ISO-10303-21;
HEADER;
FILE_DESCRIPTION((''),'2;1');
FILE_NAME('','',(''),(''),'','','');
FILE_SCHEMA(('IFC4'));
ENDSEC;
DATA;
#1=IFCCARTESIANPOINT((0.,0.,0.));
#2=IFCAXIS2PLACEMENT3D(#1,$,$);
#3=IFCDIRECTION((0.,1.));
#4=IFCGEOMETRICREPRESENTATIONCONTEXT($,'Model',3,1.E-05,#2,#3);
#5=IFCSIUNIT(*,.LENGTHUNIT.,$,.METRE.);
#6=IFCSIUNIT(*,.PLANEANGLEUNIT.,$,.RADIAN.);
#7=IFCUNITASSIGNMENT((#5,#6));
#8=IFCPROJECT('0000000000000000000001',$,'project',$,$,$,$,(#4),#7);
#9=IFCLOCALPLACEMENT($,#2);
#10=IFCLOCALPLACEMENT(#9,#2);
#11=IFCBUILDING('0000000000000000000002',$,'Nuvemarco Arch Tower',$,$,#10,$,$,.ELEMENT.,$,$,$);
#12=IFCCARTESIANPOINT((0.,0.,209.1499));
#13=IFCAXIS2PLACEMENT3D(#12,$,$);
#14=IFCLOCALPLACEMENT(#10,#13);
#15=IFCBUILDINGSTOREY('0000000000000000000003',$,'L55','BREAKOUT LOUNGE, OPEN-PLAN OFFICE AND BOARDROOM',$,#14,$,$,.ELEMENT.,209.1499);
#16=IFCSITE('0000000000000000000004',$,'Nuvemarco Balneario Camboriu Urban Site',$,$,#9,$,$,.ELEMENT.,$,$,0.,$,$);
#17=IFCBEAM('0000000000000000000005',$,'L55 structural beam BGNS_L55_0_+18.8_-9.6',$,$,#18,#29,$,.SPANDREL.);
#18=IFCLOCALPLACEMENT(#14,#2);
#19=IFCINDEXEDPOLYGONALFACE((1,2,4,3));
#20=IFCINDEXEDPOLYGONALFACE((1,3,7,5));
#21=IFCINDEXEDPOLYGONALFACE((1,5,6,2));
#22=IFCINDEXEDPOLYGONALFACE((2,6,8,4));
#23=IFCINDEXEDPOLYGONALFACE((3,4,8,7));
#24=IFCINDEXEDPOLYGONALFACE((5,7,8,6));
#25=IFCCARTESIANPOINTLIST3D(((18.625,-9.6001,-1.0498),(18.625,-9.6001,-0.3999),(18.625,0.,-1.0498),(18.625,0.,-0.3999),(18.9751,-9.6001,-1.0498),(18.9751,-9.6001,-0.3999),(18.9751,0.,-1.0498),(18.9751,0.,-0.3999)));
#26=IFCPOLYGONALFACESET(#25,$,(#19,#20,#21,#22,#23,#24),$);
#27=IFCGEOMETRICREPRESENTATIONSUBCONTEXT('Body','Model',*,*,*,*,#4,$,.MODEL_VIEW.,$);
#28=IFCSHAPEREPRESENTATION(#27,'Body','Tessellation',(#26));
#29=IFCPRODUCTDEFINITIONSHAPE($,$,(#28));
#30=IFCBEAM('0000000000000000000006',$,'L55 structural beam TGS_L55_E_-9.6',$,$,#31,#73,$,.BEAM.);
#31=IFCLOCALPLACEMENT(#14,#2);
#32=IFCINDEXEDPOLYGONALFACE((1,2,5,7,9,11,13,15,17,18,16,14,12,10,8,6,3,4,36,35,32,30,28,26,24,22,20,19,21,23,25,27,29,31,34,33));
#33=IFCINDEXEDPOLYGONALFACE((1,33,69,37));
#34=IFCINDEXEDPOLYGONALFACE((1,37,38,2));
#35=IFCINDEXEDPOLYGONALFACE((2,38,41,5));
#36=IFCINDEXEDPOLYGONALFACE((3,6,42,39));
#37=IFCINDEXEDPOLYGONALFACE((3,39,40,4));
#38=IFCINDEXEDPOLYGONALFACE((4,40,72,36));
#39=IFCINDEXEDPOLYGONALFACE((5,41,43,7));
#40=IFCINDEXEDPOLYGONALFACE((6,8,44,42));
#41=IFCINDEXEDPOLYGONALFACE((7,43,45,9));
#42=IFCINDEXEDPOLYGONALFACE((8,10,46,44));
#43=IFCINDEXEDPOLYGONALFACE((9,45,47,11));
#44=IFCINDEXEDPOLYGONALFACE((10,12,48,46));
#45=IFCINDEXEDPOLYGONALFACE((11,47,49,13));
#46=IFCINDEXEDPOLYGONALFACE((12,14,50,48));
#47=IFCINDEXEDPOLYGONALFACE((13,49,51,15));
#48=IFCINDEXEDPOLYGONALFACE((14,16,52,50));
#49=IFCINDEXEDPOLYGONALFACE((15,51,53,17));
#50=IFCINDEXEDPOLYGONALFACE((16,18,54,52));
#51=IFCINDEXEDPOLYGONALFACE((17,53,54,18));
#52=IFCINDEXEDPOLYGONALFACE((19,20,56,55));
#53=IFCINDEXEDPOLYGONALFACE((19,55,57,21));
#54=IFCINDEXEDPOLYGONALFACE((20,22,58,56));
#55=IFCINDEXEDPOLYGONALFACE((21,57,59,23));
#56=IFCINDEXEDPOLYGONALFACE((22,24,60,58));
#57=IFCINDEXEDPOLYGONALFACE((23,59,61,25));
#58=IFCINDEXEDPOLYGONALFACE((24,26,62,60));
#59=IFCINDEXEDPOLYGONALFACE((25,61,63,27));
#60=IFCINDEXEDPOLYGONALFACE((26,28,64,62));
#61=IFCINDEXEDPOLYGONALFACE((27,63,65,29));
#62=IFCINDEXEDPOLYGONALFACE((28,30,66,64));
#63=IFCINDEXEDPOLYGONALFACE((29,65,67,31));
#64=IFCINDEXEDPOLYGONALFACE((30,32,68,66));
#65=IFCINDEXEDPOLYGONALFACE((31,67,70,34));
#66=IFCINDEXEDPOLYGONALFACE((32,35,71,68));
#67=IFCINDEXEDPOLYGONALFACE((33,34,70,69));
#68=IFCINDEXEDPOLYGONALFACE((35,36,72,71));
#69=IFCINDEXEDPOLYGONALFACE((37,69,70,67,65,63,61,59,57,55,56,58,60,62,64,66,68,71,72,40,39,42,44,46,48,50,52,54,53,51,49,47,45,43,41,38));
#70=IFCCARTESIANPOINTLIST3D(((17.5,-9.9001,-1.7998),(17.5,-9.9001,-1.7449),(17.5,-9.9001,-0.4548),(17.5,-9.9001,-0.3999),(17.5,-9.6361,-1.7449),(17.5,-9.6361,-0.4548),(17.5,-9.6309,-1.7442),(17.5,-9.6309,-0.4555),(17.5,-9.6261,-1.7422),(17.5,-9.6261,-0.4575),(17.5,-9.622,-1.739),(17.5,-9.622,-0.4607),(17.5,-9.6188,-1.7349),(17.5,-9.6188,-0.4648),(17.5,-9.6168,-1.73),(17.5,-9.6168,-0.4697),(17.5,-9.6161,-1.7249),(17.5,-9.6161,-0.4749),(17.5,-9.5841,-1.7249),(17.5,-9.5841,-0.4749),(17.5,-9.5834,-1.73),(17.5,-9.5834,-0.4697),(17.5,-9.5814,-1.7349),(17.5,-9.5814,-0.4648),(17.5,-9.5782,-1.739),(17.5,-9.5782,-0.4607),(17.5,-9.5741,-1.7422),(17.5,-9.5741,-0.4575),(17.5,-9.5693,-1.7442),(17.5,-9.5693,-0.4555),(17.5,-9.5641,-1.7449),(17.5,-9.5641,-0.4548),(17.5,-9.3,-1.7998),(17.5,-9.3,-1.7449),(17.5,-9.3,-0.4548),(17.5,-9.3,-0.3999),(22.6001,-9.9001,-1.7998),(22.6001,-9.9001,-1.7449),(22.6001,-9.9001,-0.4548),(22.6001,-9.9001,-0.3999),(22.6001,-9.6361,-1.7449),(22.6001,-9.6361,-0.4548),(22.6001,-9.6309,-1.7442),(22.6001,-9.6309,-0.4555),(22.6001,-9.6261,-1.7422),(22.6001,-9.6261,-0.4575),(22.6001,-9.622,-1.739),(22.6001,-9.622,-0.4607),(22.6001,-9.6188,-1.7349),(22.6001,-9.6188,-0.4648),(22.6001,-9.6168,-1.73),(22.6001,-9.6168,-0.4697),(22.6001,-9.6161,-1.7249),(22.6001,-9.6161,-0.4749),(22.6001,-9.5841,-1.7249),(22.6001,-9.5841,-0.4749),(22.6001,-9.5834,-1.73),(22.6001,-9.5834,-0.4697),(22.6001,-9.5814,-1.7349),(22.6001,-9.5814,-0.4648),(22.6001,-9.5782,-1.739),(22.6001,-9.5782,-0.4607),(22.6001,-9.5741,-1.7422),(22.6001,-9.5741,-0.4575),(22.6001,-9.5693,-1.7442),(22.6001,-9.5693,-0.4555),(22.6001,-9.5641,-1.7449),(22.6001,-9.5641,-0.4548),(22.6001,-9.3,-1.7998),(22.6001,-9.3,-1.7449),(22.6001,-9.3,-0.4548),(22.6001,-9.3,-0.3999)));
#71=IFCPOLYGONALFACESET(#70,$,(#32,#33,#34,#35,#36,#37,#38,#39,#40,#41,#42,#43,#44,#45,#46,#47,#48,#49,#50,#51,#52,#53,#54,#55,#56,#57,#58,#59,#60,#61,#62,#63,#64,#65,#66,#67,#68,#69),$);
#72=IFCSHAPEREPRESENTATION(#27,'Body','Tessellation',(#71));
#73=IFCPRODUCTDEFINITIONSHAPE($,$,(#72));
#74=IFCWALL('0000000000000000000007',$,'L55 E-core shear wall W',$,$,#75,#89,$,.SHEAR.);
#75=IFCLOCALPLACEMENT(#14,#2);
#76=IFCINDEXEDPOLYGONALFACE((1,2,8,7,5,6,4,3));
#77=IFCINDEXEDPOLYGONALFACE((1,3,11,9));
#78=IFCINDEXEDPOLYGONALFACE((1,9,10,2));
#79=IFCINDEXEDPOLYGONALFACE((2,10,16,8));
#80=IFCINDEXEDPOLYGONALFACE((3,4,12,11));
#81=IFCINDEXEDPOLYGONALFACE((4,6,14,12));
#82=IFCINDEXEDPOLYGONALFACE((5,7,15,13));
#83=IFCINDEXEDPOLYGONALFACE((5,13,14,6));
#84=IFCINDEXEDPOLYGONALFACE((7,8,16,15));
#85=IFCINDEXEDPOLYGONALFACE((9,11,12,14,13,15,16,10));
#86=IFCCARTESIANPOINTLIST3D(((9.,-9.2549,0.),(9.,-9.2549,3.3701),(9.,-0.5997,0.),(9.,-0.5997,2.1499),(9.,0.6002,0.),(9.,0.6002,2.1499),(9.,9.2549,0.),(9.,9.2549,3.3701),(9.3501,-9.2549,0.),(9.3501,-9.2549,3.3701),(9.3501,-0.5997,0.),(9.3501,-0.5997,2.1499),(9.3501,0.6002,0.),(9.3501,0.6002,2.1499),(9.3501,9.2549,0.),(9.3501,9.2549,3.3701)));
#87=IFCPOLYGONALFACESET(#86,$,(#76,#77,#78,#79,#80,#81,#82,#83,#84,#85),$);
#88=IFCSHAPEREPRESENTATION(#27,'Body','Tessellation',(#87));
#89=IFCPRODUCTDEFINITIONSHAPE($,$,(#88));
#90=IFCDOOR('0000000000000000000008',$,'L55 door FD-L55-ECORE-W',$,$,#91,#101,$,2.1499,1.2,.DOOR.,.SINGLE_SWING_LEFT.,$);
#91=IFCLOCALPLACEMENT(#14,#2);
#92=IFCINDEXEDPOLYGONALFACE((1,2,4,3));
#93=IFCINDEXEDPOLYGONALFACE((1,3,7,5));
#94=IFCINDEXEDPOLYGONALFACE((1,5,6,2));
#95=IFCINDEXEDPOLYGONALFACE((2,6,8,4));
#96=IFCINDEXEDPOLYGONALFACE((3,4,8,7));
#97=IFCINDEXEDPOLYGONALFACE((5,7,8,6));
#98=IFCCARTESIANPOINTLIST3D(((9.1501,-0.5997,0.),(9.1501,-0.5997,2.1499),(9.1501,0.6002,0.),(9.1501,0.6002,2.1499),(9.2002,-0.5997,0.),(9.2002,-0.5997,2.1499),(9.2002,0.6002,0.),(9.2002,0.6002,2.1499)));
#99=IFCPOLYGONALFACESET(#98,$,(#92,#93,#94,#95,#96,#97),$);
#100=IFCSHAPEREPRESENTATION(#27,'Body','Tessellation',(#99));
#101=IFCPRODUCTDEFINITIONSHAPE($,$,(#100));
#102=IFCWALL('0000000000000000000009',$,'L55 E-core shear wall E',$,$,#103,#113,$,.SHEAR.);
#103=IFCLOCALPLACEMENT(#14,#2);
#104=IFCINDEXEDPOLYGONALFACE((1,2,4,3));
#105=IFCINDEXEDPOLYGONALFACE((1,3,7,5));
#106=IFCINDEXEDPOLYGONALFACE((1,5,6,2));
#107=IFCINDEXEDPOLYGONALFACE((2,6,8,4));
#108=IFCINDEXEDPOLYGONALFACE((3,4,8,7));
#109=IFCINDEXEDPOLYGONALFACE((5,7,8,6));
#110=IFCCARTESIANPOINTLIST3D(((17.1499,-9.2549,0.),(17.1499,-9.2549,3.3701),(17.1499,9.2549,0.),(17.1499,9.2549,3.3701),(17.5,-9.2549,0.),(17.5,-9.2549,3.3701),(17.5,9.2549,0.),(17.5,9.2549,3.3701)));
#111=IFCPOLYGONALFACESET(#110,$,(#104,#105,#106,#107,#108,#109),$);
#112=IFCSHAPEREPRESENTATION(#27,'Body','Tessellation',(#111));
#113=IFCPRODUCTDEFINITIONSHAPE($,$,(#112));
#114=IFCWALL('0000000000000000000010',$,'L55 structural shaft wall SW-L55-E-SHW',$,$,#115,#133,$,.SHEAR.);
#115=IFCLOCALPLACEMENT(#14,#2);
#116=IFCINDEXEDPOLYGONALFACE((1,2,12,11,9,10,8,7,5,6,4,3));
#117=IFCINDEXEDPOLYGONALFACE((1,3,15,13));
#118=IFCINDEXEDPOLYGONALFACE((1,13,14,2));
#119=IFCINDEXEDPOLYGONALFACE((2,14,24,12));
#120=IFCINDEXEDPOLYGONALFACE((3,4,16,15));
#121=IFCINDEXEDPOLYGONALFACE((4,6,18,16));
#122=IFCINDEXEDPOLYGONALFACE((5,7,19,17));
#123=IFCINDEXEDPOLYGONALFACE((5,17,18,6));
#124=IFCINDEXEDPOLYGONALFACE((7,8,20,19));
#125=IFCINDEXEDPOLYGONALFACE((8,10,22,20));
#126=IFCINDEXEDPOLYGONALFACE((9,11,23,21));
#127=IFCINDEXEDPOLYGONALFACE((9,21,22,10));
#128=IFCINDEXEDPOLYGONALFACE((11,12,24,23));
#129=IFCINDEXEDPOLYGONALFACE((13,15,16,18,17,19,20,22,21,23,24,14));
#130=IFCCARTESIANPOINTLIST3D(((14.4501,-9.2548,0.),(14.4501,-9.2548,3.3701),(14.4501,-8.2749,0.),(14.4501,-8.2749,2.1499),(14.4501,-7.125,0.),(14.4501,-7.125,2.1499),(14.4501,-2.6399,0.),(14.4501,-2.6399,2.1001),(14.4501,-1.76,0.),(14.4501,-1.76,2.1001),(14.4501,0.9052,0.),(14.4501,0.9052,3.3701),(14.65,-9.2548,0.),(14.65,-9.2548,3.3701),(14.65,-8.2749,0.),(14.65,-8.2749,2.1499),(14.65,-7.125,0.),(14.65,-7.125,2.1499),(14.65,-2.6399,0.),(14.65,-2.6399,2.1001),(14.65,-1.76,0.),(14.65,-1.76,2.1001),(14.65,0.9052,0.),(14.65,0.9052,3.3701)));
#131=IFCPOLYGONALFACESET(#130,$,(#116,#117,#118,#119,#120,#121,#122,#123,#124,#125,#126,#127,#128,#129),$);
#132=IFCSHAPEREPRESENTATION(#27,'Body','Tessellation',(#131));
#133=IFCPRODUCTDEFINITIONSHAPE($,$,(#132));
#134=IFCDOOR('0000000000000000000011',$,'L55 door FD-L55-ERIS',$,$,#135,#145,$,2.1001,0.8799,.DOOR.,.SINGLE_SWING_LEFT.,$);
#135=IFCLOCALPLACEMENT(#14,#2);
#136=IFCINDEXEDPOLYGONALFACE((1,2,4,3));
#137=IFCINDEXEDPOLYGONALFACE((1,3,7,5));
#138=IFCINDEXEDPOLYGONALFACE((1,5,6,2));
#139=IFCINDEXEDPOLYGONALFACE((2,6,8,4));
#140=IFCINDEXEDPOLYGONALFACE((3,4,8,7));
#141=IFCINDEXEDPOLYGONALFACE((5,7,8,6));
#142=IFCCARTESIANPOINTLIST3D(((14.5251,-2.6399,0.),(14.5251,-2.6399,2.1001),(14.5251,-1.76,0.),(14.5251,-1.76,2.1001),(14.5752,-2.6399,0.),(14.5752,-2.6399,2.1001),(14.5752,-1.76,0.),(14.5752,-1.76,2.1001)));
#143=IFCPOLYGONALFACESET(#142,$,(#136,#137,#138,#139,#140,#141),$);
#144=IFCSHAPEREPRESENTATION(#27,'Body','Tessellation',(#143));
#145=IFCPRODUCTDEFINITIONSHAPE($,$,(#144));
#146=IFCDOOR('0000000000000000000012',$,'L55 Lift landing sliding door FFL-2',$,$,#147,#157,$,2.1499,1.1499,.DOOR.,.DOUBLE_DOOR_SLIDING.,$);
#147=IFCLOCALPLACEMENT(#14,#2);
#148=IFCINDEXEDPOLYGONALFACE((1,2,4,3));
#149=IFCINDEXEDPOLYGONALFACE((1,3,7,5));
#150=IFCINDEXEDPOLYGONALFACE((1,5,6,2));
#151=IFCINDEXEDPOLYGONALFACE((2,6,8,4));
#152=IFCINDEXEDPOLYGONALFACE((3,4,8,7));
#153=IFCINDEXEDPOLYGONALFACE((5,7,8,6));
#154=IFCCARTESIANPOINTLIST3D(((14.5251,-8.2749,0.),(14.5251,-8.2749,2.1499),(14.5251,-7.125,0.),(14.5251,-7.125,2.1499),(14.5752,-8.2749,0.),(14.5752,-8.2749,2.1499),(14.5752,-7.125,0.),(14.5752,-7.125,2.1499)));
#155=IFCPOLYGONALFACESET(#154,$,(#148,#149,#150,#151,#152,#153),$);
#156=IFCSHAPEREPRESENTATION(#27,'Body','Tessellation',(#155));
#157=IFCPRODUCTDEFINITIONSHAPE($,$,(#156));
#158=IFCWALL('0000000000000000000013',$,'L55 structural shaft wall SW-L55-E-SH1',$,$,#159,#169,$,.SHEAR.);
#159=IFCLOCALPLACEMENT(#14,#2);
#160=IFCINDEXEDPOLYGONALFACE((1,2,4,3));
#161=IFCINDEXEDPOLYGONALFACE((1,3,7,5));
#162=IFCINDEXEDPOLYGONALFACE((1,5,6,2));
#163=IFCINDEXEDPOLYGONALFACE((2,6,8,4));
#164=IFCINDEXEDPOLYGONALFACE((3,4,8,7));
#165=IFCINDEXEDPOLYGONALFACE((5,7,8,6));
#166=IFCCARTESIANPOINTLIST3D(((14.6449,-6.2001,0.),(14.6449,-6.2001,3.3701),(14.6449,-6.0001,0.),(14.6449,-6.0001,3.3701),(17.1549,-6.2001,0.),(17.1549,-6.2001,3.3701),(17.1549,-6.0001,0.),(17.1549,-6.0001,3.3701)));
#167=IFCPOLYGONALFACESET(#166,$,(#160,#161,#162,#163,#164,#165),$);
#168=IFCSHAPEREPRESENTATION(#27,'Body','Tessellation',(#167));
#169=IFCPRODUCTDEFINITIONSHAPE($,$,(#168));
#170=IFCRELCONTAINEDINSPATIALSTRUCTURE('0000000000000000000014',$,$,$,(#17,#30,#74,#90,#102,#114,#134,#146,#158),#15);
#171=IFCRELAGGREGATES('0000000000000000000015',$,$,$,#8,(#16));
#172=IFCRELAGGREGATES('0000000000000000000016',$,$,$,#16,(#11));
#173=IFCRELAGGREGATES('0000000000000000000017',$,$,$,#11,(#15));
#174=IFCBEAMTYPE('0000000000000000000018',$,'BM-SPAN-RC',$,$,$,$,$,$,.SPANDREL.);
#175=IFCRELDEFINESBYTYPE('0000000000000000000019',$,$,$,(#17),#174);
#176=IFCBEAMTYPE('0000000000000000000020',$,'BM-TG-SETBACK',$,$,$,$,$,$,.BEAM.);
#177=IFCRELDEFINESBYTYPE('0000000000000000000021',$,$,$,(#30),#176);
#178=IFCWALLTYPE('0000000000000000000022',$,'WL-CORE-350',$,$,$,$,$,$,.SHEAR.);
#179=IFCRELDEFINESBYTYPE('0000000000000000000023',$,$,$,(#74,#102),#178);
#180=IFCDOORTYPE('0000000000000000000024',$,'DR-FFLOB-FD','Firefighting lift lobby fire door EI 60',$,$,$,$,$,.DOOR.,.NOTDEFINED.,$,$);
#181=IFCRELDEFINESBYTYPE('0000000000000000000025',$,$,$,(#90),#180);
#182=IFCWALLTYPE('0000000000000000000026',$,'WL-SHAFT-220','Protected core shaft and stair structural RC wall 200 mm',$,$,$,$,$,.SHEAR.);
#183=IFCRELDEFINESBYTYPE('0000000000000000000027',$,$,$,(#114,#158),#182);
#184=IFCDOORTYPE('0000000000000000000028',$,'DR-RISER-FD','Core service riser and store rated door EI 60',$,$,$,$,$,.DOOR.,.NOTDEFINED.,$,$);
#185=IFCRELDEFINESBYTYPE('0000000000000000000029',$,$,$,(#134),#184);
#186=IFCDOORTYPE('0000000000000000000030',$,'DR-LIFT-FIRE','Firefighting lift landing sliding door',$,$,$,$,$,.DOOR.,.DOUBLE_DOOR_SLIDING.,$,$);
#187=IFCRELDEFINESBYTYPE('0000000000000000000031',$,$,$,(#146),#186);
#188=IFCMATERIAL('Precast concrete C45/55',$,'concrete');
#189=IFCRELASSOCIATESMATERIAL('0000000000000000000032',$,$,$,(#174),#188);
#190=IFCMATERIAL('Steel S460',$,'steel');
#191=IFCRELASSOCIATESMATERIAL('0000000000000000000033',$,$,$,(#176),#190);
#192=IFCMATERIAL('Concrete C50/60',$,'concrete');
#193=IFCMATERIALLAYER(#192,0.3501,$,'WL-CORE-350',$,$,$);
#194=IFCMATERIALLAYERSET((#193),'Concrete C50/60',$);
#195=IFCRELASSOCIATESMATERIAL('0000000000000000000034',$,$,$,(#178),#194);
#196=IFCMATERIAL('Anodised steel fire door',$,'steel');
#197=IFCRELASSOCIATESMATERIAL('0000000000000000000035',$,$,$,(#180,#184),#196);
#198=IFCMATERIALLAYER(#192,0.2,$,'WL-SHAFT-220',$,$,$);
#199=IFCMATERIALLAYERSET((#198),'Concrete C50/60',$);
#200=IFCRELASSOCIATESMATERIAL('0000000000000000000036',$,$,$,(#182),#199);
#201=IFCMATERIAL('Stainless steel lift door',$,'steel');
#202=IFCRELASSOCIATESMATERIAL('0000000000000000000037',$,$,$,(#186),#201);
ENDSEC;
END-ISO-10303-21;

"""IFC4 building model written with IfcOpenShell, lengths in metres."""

from ifc_helpers import new_model, si_unit, direction, frame, frame_2d, origin, origin_2d, place, context, subcontext, project, spatial, rectangle, i_section, extrude, source, transform, mapped, material, layer, layer_set, material_profile, profile_set, type_object, type_shapes, element, fill, save


model = new_model("IFC4")

# Units and contexts
model_context = context("Model", 3, precision=1e-05, world=origin(), true_north=direction((0.0, 1.0)))
body_context = subcontext(model_context, "Body", "Model", "MODEL_VIEW")
ifc_project = project(units=[si_unit("LENGTHUNIT", "METRE"), si_unit("PLANEANGLEUNIT", "RADIAN")], contexts=[model_context])

# Site, building, storey
site_placement = place(None, origin())
site = spatial("IfcSite", under=ifc_project, at=site_placement, Name="Nuvemarco Balneario Camboriu Urban Site", CompositionType="ELEMENT", RefElevation=0.0)
building_placement = place(site_placement, origin())
building = spatial("IfcBuilding", under=site, at=building_placement, Name="Nuvemarco Arch Tower", CompositionType="ELEMENT")
storey_placement = place(building_placement, frame((0.0, 0.0, 209.1499)))
storey = spatial("IfcBuildingStorey", under=building, at=storey_placement, Name="L55", Description="BREAKOUT LOUNGE, OPEN-PLAN OFFICE AND BOARDROOM", CompositionType="ELEMENT", Elevation=209.1499)

# Shared definitions
ifc_material_1 = material(Name="Concrete C50/60", Category="concrete")

# Beams
ifc_material_2 = material(Name="Precast concrete C45/55", Category="concrete")
ifc_material_profile_1 = material_profile(ifc_material_2, rectangle(XDim=0.3501, YDim=0.6499, at=origin_2d()), Name="PC-SP-350x650")
ifc_profile_set_1 = profile_set([ifc_material_profile_1], Name="Precast concrete C45/55")
beam_type_1 = type_object("IfcBeamType", Name="BM-SPAN-RC", PredefinedType="SPANDREL", material=ifc_profile_set_1)
beam_1_placement = place(storey_placement, frame((18.8, -9.6001, -0.7249), z_axis=(0.0, 1.0, 0.0), x_axis=(-1.0, 0.0, 0.0)))
element("IfcBeam", 1, at=beam_1_placement, inside=storey, type_object=beam_type_1, Name="L55 structural beam BGNS_L55_0_+18.8_-9.6", PredefinedType="SPANDREL", context=body_context, shape_type="SweptSolid", body=[
    extrude(rectangle(XDim=0.3501, YDim=0.6499, at=origin_2d()), origin(), (0.0, 0.0, 1.0), 9.6001),
])
ifc_material_3 = material(Name="Steel S460", Category="steel")
ifc_material_profile_2 = material_profile(ifc_material_3, i_section(OverallWidth=0.6001, OverallDepth=1.3999, WebThickness=0.032, FlangeThickness=0.0549, FilletRadius=0.02, at=origin_2d()), Name="PG1400x600")
ifc_profile_set_2 = profile_set([ifc_material_profile_2], Name="Steel S460")
beam_type_2 = type_object("IfcBeamType", Name="BM-TG-SETBACK", PredefinedType="BEAM", material=ifc_profile_set_2)
beam_2_placement = place(storey_placement, frame((17.5, -9.6001, -1.0999), z_axis=(1.0, 0.0, 0.0), x_axis=(0.0, 1.0, 0.0)))
element("IfcBeam", 2, at=beam_2_placement, inside=storey, type_object=beam_type_2, Name="L55 structural beam TGS_L55_E_-9.6", PredefinedType="BEAM", context=body_context, shape_type="SweptSolid", body=[
    extrude(i_section(OverallWidth=0.6001, OverallDepth=1.3999, WebThickness=0.032, FlangeThickness=0.0549, FilletRadius=0.02, at=origin_2d()), origin(), (0.0, 0.0, 1.0), 5.1001),
])

# Wall, opening, door
ifc_layer_1 = layer(ifc_material_1, 0.3501, Name="WL-CORE-350")
ifc_layer_set_1 = layer_set([ifc_layer_1], Name="Concrete C50/60")
wall_type_1 = type_object("IfcWallType", Name="WL-CORE-350", PredefinedType="SHEAR", material=ifc_layer_set_1)
wall_1_placement = place(storey_placement, frame((9.175, -9.2549, 0.0), z_axis=(0.0, 0.0, 1.0), x_axis=(0.0, 1.0, 0.0)))
wall_1 = element("IfcWall", 3, at=wall_1_placement, inside=storey, type_object=wall_type_1, Name="L55 E-core shear wall W", PredefinedType="SHEAR", context=body_context, shape_type="SweptSolid", body=[
    extrude(rectangle(XDim=18.5098, YDim=0.3501, at=frame_2d((9.2549, 0.0))), origin(), (0.0, 0.0, 1.0), 3.3701),
])
opening_1_placement = place(wall_1_placement, frame((8.655, 0.0, 0.0)))
opening_1 = element("IfcOpeningElement", 4, at=opening_1_placement, cuts=wall_1, PredefinedType="OPENING", context=body_context, shape_type="SweptSolid", body=[
    extrude(rectangle(XDim=1.2, YDim=2.1499, at=frame_2d((0.6001, 1.075))), frame((0.0, 0.1851, 0.0), z_axis=(0.0, -1.0, 0.0), x_axis=(1.0, 0.0, 0.0)), (0.0, 0.0, 1.0), 0.3701),
])
ifc_material_4 = material(Name="Anodised steel fire door", Category="steel")
door_type_1 = type_object("IfcDoorType", Name="DR-FFLOB-FD", Description="Firefighting lift lobby fire door EI 60", OperationType="NOTDEFINED", PredefinedType="DOOR", material=ifc_material_4)
shared_shape_1 = source(origin(), body_context, "Body", "SweptSolid", [
    extrude(rectangle(XDim=1.2, YDim=2.1499, at=frame_2d((0.6001, 1.075))), frame((0.0, 0.0249, 0.0), z_axis=(0.0, -1.0, 0.0), x_axis=(1.0, 0.0, 0.0)), (0.0, 0.0, 1.0), 0.05),
])
type_shapes(door_type_1, [shared_shape_1])
door_1_placement = place(opening_1_placement, origin())
door_1 = element("IfcDoor", 5, at=door_1_placement, inside=storey, type_object=door_type_1, Name="L55 door FD-L55-ECORE-W", OperationType="SINGLE_SWING_LEFT", OverallHeight=2.1499, OverallWidth=1.2, PredefinedType="DOOR", context=body_context, shape_type="MappedRepresentation", body=[
    mapped(shared_shape_1, transform((0.0, 0.0, 0.0), scale=1.0)),
])
fill(opening_1, door_1)

# Wall
wall_2_placement = place(storey_placement, frame((17.325, -9.2549, 0.0), z_axis=(0.0, 0.0, 1.0), x_axis=(0.0, 1.0, 0.0)))
element("IfcWall", 6, at=wall_2_placement, inside=storey, type_object=wall_type_1, Name="L55 E-core shear wall E", PredefinedType="SHEAR", context=body_context, shape_type="SweptSolid", body=[
    extrude(rectangle(XDim=18.5098, YDim=0.3501, at=frame_2d((9.2549, 0.0))), origin(), (0.0, 0.0, 1.0), 3.3701),
])

# Wall, openings, doors
ifc_layer_2 = layer(ifc_material_1, 0.2, Name="WL-SHAFT-220")
ifc_layer_set_2 = layer_set([ifc_layer_2], Name="Concrete C50/60")
wall_type_2 = type_object("IfcWallType", Name="WL-SHAFT-220", Description="Protected core shaft and stair structural RC wall 200 mm", PredefinedType="SHEAR", material=ifc_layer_set_2)
wall_3_placement = place(storey_placement, frame((14.55, -9.2549, 0.0), z_axis=(0.0, 0.0, 1.0), x_axis=(0.0, 1.0, 0.0)))
wall_3 = element("IfcWall", 7, at=wall_3_placement, inside=storey, type_object=wall_type_2, Name="L55 structural shaft wall SW-L55-E-SHW", PredefinedType="SHEAR", context=body_context, shape_type="SweptSolid", body=[
    extrude(rectangle(XDim=10.1599, YDim=0.2, at=frame_2d((5.0801, 0.0))), origin(), (0.0, 0.0, 1.0), 3.3701),
])
opening_2_placement = place(wall_3_placement, frame((6.615, 0.0, 0.0)))
opening_2 = element("IfcOpeningElement", 8, at=opening_2_placement, cuts=wall_3, PredefinedType="OPENING", context=body_context, shape_type="SweptSolid", body=[
    extrude(rectangle(XDim=0.8799, YDim=2.1001, at=frame_2d((0.4399, 1.05))), frame((0.0, 0.1099, 0.0), z_axis=(0.0, -1.0, 0.0), x_axis=(1.0, 0.0, 0.0)), (0.0, 0.0, 1.0), 0.22),
])
opening_3_placement = place(wall_3_placement, frame((0.98, 0.0, 0.0)))
opening_3 = element("IfcOpeningElement", 9, at=opening_3_placement, cuts=wall_3, PredefinedType="OPENING", context=body_context, shape_type="SweptSolid", body=[
    extrude(rectangle(XDim=1.1499, YDim=2.1499, at=frame_2d((0.575, 1.075))), frame((0.0, 0.1099, 0.0), z_axis=(0.0, -1.0, 0.0), x_axis=(1.0, 0.0, 0.0)), (0.0, 0.0, 1.0), 0.22),
])
door_type_2 = type_object("IfcDoorType", Name="DR-RISER-FD", Description="Core service riser and store rated door EI 60", OperationType="NOTDEFINED", PredefinedType="DOOR", material=ifc_material_4)
shared_shape_2 = source(origin(), body_context, "Body", "SweptSolid", [
    extrude(rectangle(XDim=0.8799, YDim=2.1001, at=frame_2d((0.4399, 1.05))), frame((0.0, 0.0249, 0.0), z_axis=(0.0, -1.0, 0.0), x_axis=(1.0, 0.0, 0.0)), (0.0, 0.0, 1.0), 0.05),
])
type_shapes(door_type_2, [shared_shape_2])
door_2_placement = place(opening_2_placement, origin())
door_2 = element("IfcDoor", 10, at=door_2_placement, inside=storey, type_object=door_type_2, Name="L55 door FD-L55-ERIS", OperationType="SINGLE_SWING_LEFT", OverallHeight=2.1001, OverallWidth=0.8799, PredefinedType="DOOR", context=body_context, shape_type="MappedRepresentation", body=[
    mapped(shared_shape_2, transform((0.0, 0.0, 0.0), scale=1.0)),
])
fill(opening_2, door_2)
ifc_material_5 = material(Name="Stainless steel lift door", Category="steel")
door_type_3 = type_object("IfcDoorType", Name="DR-LIFT-FIRE", Description="Firefighting lift landing sliding door", OperationType="DOUBLE_DOOR_SLIDING", PredefinedType="DOOR", material=ifc_material_5)
shared_shape_3 = source(origin(), body_context, "Body", "SweptSolid", [
    extrude(rectangle(XDim=1.1499, YDim=2.1499, at=frame_2d((0.575, 1.075))), frame((0.0, 0.0249, 0.0), z_axis=(0.0, -1.0, 0.0), x_axis=(1.0, 0.0, 0.0)), (0.0, 0.0, 1.0), 0.05),
])
type_shapes(door_type_3, [shared_shape_3])
door_3_placement = place(opening_3_placement, origin())
door_3 = element("IfcDoor", 11, at=door_3_placement, inside=storey, type_object=door_type_3, Name="L55 Lift landing sliding door FFL-2", OperationType="DOUBLE_DOOR_SLIDING", OverallHeight=2.1499, OverallWidth=1.1499, PredefinedType="DOOR", context=body_context, shape_type="MappedRepresentation", body=[
    mapped(shared_shape_3, transform((0.0, 0.0, 0.0), scale=1.0)),
])
fill(opening_3, door_3)

# Wall
wall_4_placement = place(storey_placement, frame((14.645, -6.1001, 0.0), z_axis=(0.0, 0.0, 1.0), x_axis=(1.0, 0.0, 0.0)))
element("IfcWall", 12, at=wall_4_placement, inside=storey, type_object=wall_type_2, Name="L55 structural shaft wall SW-L55-E-SH1", PredefinedType="SHEAR", context=body_context, shape_type="SweptSolid", body=[
    extrude(rectangle(XDim=2.51, YDim=0.2, at=frame_2d((1.2549, 0.0))), origin(), (0.0, 0.0, 1.0), 3.3701),
])

save(model, "model.ifc")
